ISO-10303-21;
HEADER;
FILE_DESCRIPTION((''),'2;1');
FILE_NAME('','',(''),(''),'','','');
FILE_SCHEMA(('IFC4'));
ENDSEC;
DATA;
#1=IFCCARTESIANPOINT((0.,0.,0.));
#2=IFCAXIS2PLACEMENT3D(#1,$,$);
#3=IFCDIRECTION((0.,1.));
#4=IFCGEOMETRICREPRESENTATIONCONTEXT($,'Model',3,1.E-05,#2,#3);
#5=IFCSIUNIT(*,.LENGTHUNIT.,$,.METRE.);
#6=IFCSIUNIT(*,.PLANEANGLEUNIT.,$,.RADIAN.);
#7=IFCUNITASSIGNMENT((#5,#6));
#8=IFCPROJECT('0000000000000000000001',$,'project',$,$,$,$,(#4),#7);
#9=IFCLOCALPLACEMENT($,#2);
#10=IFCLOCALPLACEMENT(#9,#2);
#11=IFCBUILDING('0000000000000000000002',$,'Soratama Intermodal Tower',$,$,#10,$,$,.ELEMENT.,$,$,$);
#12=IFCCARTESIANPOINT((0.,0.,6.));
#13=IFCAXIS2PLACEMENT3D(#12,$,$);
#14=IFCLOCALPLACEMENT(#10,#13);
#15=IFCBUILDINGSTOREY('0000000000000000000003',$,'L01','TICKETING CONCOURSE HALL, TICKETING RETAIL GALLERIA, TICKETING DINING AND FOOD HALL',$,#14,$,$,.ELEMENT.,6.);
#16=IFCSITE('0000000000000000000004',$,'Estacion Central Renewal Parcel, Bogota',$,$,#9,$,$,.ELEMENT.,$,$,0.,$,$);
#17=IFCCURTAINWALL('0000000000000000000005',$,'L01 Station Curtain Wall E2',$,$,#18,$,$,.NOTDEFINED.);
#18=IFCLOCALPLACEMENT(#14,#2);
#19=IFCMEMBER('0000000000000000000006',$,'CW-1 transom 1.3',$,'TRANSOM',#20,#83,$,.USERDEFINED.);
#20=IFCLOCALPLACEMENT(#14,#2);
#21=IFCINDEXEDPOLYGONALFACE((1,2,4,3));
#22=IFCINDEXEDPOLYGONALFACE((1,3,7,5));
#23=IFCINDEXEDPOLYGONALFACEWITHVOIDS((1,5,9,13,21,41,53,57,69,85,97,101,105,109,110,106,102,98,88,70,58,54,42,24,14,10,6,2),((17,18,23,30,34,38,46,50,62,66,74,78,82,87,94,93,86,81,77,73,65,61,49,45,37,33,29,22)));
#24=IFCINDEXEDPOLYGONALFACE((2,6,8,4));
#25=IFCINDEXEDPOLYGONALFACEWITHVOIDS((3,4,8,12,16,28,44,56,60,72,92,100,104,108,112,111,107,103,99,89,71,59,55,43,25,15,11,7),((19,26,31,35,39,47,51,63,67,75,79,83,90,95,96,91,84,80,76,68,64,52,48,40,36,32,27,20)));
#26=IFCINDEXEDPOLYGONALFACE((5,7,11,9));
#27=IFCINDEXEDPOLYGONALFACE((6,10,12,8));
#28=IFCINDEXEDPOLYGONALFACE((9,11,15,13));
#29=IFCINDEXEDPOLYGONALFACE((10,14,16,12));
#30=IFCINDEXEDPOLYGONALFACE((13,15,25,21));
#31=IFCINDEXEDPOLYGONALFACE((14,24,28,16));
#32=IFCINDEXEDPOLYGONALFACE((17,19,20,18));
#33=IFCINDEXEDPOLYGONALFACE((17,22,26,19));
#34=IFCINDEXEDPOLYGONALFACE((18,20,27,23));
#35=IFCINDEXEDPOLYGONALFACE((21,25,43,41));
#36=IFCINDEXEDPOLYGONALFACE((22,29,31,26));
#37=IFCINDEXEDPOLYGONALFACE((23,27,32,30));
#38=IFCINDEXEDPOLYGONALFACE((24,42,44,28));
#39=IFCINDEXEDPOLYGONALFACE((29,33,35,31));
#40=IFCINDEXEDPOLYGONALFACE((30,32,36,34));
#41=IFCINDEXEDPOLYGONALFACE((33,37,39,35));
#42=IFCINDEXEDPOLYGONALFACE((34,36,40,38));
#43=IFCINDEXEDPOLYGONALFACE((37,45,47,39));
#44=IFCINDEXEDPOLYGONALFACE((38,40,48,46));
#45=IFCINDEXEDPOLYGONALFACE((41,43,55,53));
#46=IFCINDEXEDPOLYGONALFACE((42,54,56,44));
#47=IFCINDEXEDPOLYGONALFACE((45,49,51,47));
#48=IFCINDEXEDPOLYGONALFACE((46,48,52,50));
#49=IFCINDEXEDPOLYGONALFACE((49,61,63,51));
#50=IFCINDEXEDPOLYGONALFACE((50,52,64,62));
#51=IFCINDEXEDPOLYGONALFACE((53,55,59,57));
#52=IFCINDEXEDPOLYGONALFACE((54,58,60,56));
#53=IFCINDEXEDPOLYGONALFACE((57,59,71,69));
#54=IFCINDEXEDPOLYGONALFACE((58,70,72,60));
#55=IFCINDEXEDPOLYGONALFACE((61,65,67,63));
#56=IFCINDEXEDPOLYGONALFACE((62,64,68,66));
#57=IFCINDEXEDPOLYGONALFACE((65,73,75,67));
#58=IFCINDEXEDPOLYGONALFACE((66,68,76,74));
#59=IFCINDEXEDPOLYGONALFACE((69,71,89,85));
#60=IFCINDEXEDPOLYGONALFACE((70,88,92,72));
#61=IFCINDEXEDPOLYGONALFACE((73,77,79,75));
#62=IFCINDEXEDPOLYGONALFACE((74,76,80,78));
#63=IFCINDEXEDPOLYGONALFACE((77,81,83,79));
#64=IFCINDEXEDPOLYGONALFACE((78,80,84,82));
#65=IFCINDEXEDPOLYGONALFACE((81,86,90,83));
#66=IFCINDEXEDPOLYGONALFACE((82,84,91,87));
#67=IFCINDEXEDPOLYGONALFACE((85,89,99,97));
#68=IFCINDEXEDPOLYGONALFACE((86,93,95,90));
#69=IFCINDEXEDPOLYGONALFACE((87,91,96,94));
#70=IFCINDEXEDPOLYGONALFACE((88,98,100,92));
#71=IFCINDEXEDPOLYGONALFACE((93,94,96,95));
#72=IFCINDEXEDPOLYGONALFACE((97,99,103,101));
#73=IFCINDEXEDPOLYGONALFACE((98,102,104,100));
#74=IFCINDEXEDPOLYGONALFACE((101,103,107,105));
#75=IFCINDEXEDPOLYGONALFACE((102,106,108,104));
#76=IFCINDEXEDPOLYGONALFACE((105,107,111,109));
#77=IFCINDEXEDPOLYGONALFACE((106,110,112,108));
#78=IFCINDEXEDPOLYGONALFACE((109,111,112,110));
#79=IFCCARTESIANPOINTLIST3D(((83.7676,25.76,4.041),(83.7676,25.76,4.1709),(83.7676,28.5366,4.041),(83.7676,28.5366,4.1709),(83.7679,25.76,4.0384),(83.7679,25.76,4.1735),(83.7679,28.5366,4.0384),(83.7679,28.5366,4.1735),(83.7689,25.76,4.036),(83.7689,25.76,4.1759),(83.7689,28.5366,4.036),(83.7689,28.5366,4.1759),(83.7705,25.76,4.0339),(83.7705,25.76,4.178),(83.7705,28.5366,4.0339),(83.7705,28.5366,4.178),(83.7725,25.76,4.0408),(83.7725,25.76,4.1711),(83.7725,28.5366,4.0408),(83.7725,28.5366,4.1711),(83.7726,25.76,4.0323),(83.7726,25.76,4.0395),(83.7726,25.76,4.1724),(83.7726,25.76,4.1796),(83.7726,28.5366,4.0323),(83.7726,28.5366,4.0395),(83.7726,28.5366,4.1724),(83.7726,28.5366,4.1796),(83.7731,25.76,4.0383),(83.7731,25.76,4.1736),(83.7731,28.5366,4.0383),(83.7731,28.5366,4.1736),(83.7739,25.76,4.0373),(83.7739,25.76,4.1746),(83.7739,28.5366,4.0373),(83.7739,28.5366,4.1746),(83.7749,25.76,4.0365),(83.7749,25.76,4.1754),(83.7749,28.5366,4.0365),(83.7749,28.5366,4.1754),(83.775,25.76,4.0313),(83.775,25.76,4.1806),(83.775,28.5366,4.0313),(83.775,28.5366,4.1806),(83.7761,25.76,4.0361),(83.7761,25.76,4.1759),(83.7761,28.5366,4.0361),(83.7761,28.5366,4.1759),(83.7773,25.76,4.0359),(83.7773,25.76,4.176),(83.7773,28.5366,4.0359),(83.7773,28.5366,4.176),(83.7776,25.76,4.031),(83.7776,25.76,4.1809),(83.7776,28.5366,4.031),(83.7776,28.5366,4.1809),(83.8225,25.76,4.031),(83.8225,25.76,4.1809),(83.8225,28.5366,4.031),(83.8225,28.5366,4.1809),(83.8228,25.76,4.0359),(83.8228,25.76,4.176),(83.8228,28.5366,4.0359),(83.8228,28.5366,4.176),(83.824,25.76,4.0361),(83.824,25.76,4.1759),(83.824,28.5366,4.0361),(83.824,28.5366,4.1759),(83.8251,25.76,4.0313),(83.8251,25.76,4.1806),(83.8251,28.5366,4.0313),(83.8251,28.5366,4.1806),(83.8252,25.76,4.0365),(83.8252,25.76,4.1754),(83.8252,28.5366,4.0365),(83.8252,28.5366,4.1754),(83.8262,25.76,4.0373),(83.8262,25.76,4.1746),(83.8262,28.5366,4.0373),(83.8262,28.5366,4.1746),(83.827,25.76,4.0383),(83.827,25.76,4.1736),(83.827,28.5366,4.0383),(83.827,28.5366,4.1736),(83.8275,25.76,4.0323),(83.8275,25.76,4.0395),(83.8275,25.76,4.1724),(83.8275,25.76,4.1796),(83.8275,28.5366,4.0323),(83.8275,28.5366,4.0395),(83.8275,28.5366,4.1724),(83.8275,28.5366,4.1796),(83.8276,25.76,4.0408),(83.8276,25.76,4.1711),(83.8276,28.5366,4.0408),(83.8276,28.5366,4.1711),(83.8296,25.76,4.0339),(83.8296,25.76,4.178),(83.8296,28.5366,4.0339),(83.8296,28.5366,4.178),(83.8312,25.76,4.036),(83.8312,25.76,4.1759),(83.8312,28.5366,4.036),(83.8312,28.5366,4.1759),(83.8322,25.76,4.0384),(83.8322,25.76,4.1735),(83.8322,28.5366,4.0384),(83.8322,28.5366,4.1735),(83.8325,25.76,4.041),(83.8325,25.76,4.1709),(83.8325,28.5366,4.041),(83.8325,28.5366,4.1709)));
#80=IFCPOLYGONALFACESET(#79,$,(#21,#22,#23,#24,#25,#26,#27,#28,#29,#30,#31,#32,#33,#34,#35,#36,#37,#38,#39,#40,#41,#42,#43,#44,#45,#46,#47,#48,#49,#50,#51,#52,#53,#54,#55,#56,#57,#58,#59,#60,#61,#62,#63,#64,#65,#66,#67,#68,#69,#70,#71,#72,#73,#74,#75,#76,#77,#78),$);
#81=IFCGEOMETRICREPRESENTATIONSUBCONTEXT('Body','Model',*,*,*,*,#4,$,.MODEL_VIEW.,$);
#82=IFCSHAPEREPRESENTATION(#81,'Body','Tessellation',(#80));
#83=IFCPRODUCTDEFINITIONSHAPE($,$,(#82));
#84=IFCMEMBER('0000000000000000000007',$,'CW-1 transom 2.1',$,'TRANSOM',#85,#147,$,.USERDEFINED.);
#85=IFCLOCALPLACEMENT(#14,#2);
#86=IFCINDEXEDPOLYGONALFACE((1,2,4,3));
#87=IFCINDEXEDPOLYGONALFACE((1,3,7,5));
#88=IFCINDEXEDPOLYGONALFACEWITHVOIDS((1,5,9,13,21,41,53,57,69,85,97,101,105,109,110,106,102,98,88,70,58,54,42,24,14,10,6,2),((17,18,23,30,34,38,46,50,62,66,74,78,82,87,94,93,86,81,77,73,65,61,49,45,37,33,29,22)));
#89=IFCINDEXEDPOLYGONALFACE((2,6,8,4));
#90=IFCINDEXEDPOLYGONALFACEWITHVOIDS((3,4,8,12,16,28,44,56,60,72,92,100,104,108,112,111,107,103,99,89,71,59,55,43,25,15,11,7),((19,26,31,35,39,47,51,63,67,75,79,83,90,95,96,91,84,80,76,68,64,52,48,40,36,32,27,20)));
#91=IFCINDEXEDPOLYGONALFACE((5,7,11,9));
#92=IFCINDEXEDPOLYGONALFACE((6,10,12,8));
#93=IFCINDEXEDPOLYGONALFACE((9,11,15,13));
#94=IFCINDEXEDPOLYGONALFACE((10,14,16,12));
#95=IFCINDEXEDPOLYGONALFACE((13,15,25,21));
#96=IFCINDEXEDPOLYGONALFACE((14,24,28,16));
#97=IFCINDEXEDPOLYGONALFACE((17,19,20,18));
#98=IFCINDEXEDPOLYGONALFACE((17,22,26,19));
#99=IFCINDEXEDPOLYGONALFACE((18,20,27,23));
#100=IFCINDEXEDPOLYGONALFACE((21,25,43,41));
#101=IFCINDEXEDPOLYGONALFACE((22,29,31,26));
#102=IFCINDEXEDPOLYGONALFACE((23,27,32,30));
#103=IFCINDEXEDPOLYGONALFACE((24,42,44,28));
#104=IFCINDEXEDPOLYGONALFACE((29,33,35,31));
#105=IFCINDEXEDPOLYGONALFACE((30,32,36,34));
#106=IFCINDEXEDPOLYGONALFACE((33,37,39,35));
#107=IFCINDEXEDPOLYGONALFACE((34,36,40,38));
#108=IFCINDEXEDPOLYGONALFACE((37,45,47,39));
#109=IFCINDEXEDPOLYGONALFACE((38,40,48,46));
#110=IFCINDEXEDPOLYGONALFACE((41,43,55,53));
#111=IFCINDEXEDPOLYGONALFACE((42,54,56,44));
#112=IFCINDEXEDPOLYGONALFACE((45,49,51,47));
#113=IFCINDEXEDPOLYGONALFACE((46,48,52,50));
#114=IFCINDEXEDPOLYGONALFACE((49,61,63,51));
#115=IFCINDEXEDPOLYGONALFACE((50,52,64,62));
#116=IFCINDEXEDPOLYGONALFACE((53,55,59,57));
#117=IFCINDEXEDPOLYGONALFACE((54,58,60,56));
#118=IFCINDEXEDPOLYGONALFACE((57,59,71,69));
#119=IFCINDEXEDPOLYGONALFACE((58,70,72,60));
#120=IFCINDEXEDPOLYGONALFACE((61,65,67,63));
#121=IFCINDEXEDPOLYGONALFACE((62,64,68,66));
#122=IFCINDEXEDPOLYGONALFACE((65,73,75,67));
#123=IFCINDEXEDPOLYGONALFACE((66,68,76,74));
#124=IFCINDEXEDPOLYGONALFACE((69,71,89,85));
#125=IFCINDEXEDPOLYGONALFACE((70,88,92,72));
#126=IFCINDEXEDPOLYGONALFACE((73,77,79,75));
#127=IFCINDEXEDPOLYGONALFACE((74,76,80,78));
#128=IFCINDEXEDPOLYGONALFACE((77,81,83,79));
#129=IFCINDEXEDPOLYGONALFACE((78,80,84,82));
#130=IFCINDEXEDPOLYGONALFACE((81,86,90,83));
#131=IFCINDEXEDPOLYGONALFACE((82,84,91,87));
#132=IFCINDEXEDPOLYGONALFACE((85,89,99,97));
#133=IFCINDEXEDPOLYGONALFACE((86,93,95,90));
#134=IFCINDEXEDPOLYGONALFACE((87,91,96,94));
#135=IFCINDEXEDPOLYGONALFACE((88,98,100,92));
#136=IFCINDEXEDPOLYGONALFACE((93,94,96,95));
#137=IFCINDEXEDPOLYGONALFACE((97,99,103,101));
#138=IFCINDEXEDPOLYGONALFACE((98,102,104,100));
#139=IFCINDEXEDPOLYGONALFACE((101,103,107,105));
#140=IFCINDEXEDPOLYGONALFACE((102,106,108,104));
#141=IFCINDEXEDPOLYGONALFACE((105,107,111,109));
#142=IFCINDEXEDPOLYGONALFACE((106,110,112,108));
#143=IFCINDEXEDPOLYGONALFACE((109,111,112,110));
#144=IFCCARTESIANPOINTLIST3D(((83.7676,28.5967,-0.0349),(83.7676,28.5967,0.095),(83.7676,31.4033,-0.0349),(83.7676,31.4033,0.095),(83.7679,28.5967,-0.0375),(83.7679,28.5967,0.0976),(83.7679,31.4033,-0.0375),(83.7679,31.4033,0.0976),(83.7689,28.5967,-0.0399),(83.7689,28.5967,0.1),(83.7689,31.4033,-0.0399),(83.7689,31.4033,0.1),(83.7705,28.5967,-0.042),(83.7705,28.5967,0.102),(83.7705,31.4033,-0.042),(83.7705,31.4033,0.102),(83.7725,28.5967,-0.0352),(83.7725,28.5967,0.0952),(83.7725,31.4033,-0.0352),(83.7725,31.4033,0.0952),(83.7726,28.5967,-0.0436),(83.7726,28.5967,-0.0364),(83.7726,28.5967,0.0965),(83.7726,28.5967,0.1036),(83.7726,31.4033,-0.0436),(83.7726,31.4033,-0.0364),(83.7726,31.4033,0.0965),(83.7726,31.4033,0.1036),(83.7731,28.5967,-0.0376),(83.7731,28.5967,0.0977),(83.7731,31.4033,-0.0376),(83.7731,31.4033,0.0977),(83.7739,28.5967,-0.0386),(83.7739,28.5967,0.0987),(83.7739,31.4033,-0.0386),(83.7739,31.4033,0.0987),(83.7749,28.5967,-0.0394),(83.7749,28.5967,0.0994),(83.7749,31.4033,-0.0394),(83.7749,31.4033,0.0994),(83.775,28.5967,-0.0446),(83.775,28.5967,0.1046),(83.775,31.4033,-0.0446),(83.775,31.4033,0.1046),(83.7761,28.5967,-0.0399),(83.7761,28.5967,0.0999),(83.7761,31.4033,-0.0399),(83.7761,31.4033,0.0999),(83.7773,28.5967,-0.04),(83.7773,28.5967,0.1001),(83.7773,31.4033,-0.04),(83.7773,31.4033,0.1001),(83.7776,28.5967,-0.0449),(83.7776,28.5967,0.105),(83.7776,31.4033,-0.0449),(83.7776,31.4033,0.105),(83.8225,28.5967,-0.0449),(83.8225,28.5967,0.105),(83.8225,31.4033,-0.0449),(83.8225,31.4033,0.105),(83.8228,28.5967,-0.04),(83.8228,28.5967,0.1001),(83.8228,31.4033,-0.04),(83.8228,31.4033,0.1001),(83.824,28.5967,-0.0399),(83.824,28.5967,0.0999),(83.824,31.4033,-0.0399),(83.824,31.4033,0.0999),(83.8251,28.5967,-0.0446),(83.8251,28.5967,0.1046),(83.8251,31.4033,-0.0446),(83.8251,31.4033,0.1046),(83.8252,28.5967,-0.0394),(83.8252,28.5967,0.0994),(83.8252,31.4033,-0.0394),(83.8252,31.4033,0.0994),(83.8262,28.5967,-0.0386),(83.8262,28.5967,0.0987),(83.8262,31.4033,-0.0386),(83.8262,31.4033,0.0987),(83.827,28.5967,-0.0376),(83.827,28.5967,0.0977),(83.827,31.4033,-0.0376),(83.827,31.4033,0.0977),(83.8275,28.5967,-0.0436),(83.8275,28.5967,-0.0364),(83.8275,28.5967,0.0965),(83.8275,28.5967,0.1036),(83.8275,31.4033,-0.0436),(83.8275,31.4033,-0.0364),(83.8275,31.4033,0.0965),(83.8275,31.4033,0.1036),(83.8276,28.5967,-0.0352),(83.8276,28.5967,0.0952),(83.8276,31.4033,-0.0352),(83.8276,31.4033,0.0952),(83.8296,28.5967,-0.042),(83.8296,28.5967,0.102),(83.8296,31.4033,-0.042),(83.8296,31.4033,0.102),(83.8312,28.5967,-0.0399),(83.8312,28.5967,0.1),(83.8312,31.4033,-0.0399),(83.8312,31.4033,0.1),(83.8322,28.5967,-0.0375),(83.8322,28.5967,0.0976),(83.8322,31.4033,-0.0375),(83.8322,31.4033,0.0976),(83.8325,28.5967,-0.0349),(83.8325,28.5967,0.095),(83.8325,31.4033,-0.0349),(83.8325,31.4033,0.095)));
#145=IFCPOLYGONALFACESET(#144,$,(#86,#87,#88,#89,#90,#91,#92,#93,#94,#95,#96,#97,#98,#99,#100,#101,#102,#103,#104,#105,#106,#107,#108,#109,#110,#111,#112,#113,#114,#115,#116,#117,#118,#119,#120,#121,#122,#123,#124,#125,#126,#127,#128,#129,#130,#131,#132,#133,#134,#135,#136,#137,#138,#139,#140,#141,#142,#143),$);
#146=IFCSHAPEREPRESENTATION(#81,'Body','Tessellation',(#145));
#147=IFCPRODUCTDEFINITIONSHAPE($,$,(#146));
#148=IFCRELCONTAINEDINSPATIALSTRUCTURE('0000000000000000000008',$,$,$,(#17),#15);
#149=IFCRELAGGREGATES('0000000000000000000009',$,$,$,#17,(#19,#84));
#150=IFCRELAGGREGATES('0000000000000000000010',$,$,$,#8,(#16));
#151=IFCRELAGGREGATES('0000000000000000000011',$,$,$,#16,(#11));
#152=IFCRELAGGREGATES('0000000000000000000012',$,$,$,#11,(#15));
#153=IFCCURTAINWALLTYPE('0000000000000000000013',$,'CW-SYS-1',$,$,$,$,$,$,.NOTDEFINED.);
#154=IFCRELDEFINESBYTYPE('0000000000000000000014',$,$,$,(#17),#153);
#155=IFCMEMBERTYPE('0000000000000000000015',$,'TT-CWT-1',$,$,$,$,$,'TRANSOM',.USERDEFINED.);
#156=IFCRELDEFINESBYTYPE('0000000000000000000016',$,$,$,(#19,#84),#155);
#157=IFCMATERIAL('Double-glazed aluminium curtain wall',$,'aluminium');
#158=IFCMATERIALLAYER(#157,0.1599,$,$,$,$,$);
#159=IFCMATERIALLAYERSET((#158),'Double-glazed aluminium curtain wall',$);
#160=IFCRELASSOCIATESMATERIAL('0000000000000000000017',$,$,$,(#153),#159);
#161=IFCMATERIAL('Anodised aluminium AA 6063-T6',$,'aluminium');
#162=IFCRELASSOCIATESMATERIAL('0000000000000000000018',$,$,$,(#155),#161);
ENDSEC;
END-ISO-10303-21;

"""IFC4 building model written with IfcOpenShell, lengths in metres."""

from ifc_helpers import new_model, si_unit, direction, frame, origin, origin_2d, place, context, subcontext, project, spatial, hollow_rectangle, extrude, material, layer, layer_set, material_profile, profile_set, type_object, element, aggregate, save


model = new_model("IFC4")

# Units and contexts
model_context = context("Model", 3, precision=1e-05, world=origin(), true_north=direction((0.0, 1.0)))
body_context = subcontext(model_context, "Body", "Model", "MODEL_VIEW")
ifc_project = project(units=[si_unit("LENGTHUNIT", "METRE"), si_unit("PLANEANGLEUNIT", "RADIAN")], contexts=[model_context])

# Site, building, storey
site_placement = place(None, origin())
site = spatial("IfcSite", under=ifc_project, at=site_placement, Name="Estacion Central Renewal Parcel, Bogota", CompositionType="ELEMENT", RefElevation=0.0)
building_placement = place(site_placement, origin())
building = spatial("IfcBuilding", under=site, at=building_placement, Name="Soratama Intermodal Tower", CompositionType="ELEMENT")
storey_placement = place(building_placement, frame((0.0, 0.0, 6.0)))
storey = spatial("IfcBuildingStorey", under=building, at=storey_placement, Name="L01", Description="TICKETING CONCOURSE HALL, TICKETING RETAIL GALLERIA, TICKETING DINING AND FOOD HALL", CompositionType="ELEMENT", Elevation=6.0)

# Curtain wall, members
ifc_material_1 = material(Name="Double-glazed aluminium curtain wall", Category="aluminium")
ifc_layer_1 = layer(ifc_material_1, 0.1599)
ifc_layer_set_1 = layer_set([ifc_layer_1], Name="Double-glazed aluminium curtain wall")
curtain_wall_type = type_object("IfcCurtainWallType", Name="CW-SYS-1", PredefinedType="NOTDEFINED", material=ifc_layer_set_1)
curtain_wall_placement = place(storey_placement, origin())
curtain_wall = element("IfcCurtainWall", 1, at=curtain_wall_placement, inside=storey, type_object=curtain_wall_type, Name="L01 Station Curtain Wall E2", PredefinedType="NOTDEFINED")
ifc_material_2 = material(Name="Anodised aluminium AA 6063-T6", Category="aluminium")
ifc_material_profile_1 = material_profile(ifc_material_2, hollow_rectangle(XDim=0.0649, YDim=0.1499, WallThickness=0.0049, InnerFilletRadius=0.0049, OuterFilletRadius=0.01, at=origin_2d()), Name="CWT150X65X5")
ifc_profile_set_1 = profile_set([ifc_material_profile_1], Name="Anodised aluminium AA 6063-T6")
member_type_1 = type_object("IfcMemberType", Name="TT-CWT-1", ElementType="TRANSOM", PredefinedType="USERDEFINED", material=ifc_profile_set_1)
member_1_placement = place(storey_placement, frame((83.8, 25.76, 4.106), z_axis=(0.0, 1.0, 0.0), x_axis=(-1.0, 0.0, 0.0)))
member_1 = element("IfcMember", 2, at=member_1_placement, type_object=member_type_1, Name="CW-1 transom 1.3", ObjectType="TRANSOM", PredefinedType="USERDEFINED", context=body_context, shape_type="SweptSolid", body=[
    extrude(hollow_rectangle(XDim=0.0649, YDim=0.1499, WallThickness=0.0049, InnerFilletRadius=0.0049, OuterFilletRadius=0.01, at=origin_2d()), origin(), (0.0, 0.0, 1.0), 2.7766),
])
member_2_placement = place(storey_placement, frame((83.8, 28.5967, 0.03), z_axis=(0.0, 1.0, 0.0), x_axis=(-1.0, 0.0, 0.0)))
member_2 = element("IfcMember", 3, at=member_2_placement, type_object=member_type_1, Name="CW-1 transom 2.1", ObjectType="TRANSOM", PredefinedType="USERDEFINED", context=body_context, shape_type="SweptSolid", body=[
    extrude(hollow_rectangle(XDim=0.0649, YDim=0.1499, WallThickness=0.0049, InnerFilletRadius=0.0049, OuterFilletRadius=0.01, at=origin_2d()), origin(), (0.0, 0.0, 1.0), 2.8066),
])
aggregate(curtain_wall, [member_1, member_2])

save(model, "model.ifc")
